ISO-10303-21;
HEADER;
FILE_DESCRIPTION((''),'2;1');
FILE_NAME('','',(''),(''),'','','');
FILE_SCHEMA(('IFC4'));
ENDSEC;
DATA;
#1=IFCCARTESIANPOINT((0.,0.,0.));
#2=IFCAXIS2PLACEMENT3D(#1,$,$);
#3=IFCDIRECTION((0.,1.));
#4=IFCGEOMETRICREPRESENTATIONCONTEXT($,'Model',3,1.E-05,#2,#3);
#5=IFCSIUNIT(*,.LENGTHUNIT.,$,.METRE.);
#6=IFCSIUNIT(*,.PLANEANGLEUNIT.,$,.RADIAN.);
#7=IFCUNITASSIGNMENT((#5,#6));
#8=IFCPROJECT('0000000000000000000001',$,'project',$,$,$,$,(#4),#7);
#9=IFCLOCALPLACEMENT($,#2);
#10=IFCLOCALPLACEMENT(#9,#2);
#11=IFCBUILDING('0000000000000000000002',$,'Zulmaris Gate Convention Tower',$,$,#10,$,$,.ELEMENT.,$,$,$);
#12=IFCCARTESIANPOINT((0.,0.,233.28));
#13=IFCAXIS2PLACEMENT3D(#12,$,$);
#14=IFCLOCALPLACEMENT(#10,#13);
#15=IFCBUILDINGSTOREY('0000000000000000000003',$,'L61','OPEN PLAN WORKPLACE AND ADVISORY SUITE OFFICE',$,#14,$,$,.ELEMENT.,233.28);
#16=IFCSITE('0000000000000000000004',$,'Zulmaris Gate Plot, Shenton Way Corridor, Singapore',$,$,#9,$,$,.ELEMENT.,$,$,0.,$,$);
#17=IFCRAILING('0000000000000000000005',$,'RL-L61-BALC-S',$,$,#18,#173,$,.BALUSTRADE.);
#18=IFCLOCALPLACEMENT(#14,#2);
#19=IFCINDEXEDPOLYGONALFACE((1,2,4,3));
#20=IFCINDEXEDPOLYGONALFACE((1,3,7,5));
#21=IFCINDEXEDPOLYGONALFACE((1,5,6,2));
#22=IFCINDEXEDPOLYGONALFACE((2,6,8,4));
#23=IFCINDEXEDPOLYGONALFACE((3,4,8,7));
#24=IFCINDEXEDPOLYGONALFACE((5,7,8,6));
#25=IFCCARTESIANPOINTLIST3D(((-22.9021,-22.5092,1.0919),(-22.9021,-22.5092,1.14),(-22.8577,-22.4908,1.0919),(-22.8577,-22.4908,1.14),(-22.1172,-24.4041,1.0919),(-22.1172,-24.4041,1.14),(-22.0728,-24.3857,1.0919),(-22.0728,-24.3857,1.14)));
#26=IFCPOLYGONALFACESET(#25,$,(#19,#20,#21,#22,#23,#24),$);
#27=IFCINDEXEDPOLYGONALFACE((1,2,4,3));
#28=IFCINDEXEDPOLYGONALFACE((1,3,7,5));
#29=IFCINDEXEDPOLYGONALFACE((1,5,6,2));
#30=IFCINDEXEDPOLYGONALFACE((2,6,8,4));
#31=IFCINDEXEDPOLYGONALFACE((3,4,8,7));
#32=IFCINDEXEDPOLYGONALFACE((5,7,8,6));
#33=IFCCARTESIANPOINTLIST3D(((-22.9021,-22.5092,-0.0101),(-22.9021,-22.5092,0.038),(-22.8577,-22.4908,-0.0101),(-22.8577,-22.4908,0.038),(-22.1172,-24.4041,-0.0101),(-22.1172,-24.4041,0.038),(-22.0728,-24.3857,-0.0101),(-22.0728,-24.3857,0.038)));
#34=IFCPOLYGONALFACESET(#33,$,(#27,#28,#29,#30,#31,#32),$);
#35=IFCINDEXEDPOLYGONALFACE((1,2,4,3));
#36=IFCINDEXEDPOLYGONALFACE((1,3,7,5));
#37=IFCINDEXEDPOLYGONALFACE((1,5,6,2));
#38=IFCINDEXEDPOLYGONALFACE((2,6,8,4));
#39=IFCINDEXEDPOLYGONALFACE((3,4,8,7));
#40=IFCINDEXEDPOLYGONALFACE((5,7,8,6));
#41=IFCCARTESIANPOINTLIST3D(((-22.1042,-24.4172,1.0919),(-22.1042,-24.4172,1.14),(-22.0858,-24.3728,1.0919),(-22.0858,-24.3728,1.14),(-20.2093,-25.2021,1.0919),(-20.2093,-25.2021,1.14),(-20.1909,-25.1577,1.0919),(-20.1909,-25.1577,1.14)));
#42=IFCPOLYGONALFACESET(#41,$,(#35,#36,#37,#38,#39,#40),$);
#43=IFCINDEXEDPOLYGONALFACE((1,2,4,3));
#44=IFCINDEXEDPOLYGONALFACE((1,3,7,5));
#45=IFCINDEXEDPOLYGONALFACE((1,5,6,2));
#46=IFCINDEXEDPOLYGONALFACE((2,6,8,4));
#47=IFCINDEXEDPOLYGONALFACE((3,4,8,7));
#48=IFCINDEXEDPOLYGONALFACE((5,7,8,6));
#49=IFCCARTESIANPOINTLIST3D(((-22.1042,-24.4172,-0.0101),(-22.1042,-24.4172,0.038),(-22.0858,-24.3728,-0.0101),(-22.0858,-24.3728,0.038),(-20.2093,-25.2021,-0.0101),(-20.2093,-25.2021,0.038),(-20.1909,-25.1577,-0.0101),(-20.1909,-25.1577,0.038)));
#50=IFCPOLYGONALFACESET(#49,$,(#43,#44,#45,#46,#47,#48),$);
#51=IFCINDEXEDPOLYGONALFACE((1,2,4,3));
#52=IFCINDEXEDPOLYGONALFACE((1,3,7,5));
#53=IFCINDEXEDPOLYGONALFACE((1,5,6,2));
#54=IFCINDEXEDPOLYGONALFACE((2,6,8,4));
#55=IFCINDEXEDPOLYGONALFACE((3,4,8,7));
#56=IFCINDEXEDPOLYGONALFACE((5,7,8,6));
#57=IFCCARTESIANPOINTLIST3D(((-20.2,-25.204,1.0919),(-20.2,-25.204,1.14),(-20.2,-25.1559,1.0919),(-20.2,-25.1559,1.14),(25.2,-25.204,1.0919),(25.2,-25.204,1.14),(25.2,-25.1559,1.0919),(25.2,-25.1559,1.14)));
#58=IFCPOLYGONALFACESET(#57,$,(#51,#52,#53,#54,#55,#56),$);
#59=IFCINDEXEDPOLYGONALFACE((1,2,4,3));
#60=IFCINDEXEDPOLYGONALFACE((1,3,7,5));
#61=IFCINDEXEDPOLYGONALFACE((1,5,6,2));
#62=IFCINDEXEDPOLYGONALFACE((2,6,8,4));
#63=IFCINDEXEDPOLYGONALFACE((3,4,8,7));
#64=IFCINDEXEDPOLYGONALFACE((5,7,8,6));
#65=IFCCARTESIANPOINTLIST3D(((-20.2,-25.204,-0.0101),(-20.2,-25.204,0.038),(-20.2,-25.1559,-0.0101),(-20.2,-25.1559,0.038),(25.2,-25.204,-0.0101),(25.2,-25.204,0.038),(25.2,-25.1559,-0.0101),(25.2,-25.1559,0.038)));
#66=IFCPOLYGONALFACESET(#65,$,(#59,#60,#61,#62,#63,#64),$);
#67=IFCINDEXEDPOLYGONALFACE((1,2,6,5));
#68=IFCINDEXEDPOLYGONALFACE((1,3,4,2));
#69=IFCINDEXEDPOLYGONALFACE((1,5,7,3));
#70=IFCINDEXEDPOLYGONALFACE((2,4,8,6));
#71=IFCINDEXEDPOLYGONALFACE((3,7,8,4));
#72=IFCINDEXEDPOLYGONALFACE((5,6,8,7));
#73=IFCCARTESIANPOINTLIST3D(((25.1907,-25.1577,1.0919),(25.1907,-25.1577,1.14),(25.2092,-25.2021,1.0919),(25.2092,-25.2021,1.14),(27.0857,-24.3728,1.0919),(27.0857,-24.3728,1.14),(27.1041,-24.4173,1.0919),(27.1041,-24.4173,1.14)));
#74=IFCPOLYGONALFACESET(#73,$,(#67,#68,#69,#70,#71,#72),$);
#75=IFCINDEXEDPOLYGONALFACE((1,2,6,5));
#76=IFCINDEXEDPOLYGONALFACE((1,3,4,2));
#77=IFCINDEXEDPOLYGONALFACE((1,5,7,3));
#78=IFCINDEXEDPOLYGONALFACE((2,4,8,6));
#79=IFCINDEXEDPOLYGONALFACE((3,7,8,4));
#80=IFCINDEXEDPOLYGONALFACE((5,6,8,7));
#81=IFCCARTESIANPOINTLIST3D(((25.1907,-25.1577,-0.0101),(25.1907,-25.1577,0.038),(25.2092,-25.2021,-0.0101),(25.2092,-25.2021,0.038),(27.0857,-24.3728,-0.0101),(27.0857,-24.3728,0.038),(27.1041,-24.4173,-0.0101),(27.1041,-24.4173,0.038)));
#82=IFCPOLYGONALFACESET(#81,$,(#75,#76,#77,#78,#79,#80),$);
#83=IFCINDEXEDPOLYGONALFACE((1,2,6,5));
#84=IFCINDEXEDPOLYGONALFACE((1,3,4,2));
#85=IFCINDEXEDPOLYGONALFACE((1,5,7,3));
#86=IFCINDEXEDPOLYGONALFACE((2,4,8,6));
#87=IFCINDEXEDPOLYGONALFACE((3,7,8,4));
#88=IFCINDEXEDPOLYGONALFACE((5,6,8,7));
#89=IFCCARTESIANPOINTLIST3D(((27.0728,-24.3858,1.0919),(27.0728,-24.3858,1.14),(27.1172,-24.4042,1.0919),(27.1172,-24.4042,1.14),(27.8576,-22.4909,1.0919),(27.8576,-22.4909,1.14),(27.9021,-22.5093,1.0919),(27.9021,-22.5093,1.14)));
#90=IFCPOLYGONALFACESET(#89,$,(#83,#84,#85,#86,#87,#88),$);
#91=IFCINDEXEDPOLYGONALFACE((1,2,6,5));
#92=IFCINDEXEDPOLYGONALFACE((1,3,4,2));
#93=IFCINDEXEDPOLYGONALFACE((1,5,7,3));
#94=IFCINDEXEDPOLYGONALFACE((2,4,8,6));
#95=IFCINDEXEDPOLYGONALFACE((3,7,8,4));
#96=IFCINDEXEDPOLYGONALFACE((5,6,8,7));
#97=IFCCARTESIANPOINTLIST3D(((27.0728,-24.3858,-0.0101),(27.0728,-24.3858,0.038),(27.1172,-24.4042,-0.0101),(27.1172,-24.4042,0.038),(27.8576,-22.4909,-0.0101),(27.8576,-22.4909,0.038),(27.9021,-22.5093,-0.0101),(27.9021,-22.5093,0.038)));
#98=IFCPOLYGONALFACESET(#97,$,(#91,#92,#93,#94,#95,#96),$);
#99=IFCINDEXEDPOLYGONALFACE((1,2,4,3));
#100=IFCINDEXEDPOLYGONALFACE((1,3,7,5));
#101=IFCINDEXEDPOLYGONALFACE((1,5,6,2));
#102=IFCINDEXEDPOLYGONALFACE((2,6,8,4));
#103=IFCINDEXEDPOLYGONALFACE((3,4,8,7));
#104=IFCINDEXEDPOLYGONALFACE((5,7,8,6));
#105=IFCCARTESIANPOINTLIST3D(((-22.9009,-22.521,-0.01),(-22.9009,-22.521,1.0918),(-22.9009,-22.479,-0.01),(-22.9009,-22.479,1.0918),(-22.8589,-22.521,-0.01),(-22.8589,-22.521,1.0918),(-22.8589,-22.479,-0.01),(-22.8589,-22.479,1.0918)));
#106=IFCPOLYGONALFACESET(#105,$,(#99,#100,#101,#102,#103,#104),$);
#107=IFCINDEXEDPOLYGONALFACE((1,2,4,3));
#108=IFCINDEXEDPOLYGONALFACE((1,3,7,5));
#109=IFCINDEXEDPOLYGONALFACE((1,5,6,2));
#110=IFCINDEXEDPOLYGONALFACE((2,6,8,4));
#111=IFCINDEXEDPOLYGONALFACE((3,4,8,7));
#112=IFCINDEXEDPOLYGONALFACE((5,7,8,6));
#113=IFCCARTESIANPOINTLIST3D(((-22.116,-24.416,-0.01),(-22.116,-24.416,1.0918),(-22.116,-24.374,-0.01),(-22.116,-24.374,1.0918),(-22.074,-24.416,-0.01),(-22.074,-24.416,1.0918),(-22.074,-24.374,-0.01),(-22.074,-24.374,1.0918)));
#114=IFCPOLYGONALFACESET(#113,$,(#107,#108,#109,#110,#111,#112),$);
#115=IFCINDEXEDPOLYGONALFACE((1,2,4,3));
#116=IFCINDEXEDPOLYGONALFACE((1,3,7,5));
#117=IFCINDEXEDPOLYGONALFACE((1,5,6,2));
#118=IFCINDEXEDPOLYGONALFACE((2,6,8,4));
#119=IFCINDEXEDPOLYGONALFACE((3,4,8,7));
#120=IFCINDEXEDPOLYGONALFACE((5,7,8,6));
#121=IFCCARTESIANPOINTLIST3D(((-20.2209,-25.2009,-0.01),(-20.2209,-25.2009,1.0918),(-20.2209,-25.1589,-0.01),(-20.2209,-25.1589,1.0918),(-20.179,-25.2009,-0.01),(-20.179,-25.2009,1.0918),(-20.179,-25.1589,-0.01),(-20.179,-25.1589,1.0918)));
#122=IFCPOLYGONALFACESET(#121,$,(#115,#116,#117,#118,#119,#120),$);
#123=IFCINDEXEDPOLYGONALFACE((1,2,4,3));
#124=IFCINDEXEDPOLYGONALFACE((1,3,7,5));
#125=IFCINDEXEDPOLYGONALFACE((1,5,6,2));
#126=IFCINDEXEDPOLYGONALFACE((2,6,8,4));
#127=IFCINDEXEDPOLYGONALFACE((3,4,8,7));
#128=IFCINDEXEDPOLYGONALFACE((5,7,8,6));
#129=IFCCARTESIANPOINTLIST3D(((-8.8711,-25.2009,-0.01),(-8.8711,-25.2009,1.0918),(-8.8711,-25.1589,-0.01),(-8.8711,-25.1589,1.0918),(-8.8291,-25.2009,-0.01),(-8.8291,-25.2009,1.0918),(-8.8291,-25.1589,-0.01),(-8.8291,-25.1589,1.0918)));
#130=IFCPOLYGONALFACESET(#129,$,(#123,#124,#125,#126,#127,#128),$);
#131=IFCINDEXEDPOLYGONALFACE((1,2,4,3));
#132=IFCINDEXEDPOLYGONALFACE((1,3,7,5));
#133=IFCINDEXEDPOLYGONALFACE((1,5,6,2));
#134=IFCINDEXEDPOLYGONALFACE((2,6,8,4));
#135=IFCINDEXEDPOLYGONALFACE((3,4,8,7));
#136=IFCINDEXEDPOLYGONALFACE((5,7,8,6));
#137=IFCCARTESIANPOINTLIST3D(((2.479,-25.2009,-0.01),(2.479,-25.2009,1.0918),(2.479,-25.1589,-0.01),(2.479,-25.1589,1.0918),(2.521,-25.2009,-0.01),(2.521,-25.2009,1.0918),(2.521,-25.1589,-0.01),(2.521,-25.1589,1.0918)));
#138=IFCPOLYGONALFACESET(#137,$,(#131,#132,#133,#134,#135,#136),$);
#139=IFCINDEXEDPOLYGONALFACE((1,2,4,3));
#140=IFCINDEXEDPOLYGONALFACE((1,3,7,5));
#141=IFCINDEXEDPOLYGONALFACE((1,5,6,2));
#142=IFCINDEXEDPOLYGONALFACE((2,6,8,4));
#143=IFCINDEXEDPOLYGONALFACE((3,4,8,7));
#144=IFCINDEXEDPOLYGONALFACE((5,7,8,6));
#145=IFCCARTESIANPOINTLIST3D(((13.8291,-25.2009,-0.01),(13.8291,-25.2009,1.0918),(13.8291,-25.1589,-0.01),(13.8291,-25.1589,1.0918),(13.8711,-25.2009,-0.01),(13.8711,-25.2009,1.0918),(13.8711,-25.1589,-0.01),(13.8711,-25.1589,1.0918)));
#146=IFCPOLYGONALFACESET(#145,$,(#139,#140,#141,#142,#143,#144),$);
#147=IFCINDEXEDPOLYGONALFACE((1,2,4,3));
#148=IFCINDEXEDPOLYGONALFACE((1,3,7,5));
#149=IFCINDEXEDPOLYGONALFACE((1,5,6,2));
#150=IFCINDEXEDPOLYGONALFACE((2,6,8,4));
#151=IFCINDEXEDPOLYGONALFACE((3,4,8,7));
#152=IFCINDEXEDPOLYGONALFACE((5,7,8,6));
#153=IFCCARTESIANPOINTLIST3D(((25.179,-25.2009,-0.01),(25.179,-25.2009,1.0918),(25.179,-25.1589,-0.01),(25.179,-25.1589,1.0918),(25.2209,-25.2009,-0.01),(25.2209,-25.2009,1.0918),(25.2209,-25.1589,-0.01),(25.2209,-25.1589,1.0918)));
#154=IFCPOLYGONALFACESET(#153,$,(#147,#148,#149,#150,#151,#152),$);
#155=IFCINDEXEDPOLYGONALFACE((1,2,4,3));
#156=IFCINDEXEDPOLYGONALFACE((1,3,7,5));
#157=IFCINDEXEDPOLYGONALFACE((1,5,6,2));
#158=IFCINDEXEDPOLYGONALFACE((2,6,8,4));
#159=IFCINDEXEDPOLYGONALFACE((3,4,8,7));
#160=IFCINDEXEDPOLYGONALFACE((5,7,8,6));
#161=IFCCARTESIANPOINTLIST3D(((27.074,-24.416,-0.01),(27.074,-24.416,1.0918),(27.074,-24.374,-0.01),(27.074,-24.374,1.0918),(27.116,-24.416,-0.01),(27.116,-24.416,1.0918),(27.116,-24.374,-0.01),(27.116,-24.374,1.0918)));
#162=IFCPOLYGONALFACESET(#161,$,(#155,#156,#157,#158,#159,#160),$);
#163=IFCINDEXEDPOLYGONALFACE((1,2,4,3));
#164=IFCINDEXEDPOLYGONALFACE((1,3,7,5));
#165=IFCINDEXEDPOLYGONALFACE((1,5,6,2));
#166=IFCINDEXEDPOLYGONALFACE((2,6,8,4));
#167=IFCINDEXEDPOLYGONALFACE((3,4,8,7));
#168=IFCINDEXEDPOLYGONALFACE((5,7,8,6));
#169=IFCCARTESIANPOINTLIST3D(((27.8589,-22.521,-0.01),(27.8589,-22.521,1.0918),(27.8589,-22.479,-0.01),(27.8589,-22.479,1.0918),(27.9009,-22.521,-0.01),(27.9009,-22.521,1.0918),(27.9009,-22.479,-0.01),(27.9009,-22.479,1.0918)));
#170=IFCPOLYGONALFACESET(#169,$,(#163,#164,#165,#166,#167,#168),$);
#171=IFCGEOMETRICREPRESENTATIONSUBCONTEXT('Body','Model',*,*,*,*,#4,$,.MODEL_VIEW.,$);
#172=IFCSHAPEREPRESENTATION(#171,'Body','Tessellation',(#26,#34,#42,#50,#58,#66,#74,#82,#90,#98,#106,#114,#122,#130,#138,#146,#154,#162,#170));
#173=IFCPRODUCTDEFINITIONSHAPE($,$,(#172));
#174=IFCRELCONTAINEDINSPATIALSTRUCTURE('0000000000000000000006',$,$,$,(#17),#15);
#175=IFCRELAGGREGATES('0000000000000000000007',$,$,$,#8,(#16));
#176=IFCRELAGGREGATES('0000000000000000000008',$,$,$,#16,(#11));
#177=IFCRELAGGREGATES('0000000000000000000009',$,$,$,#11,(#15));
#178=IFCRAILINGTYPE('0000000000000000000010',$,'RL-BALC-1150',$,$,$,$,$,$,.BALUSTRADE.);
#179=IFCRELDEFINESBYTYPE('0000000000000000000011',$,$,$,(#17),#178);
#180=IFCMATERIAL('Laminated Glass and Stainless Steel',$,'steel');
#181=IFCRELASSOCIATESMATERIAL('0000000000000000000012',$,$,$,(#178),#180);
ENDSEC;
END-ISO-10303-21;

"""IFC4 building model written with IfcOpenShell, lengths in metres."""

from ifc_helpers import new_model, si_unit, direction, frame, origin, origin_2d, place, context, subcontext, project, spatial, rectangle, extrude, material, type_object, element, save


model = new_model("IFC4")

# Units and contexts
model_context = context("Model", 3, precision=1e-05, world=origin(), true_north=direction((0.0, 1.0)))
body_context = subcontext(model_context, "Body", "Model", "MODEL_VIEW")
ifc_project = project(units=[si_unit("LENGTHUNIT", "METRE"), si_unit("PLANEANGLEUNIT", "RADIAN")], contexts=[model_context])

# Site, building, storey
site_placement = place(None, origin())
site = spatial("IfcSite", under=ifc_project, at=site_placement, Name="Zulmaris Gate Plot, Shenton Way Corridor, Singapore", CompositionType="ELEMENT", RefElevation=0.0)
building_placement = place(site_placement, origin())
building = spatial("IfcBuilding", under=site, at=building_placement, Name="Zulmaris Gate Convention Tower", CompositionType="ELEMENT")
storey_placement = place(building_placement, frame((0.0, 0.0, 233.28)))
storey = spatial("IfcBuildingStorey", under=building, at=storey_placement, Name="L61", Description="OPEN PLAN WORKPLACE AND ADVISORY SUITE OFFICE", CompositionType="ELEMENT", Elevation=233.28)

# Railing
ifc_material_1 = material(Name="Laminated Glass and Stainless Steel", Category="steel")
railing_type = type_object("IfcRailingType", Name="RL-BALC-1150", PredefinedType="BALUSTRADE", material=ifc_material_1)
railing_placement = place(storey_placement, frame((-22.8799, -22.5, -0.01)))
element("IfcRailing", 1, at=railing_placement, inside=storey, type_object=railing_type, Name="RL-L61-BALC-S", PredefinedType="BALUSTRADE", context=body_context, shape_type="SweptSolid", body=[
    extrude(rectangle(XDim=0.0481, YDim=0.0481, at=origin_2d()), frame((0.0, 0.0, 1.126), z_axis=(0.382671, -0.923885, 0.0), x_axis=(0.923885, 0.382671, 0.0)), (0.0, 0.0, 1.0), 2.051),
    extrude(rectangle(XDim=0.0481, YDim=0.0481, at=origin_2d()), frame((0.0, 0.0, 0.0239), z_axis=(0.382671, -0.923885, 0.0), x_axis=(0.923885, 0.382671, 0.0)), (0.0, 0.0, 1.0), 2.051),
    extrude(rectangle(XDim=0.0481, YDim=0.0481, at=origin_2d()), frame((0.7849, -1.895, 1.126), z_axis=(0.923885, -0.382671, 0.0), x_axis=(0.382671, 0.923885, 0.0)), (0.0, 0.0, 1.0), 2.051),
    extrude(rectangle(XDim=0.0481, YDim=0.0481, at=origin_2d()), frame((0.7849, -1.895, 0.0239), z_axis=(0.923885, -0.382671, 0.0), x_axis=(0.382671, 0.923885, 0.0)), (0.0, 0.0, 1.0), 2.051),
    extrude(rectangle(XDim=0.0481, YDim=0.0481, at=origin_2d()), frame((2.6799, -2.6799, 1.126), z_axis=(1.0, 0.0, 0.0), x_axis=(0.0, 1.0, 0.0)), (0.0, 0.0, 1.0), 45.3999),
    extrude(rectangle(XDim=0.0481, YDim=0.0481, at=origin_2d()), frame((2.6799, -2.6799, 0.0239), z_axis=(1.0, 0.0, 0.0), x_axis=(0.0, 1.0, 0.0)), (0.0, 0.0, 1.0), 45.3999),
    extrude(rectangle(XDim=0.0481, YDim=0.0481, at=origin_2d()), frame((48.0798, -2.6799, 1.126), z_axis=(0.923885, 0.382671, 0.0), x_axis=(-0.382671, 0.923885, 0.0)), (0.0, 0.0, 1.0), 2.051),
    extrude(rectangle(XDim=0.0481, YDim=0.0481, at=origin_2d()), frame((48.0798, -2.6799, 0.0239), z_axis=(0.923885, 0.382671, 0.0), x_axis=(-0.382671, 0.923885, 0.0)), (0.0, 0.0, 1.0), 2.051),
    extrude(rectangle(XDim=0.0481, YDim=0.0481, at=origin_2d()), frame((49.9749, -1.895, 1.126), z_axis=(0.382671, 0.923885, 0.0), x_axis=(-0.923885, 0.382671, 0.0)), (0.0, 0.0, 1.0), 2.051),
    extrude(rectangle(XDim=0.0481, YDim=0.0481, at=origin_2d()), frame((49.9749, -1.895, 0.0239), z_axis=(0.382671, 0.923885, 0.0), x_axis=(-0.923885, 0.382671, 0.0)), (0.0, 0.0, 1.0), 2.051),
    extrude(rectangle(XDim=0.042, YDim=0.042, at=origin_2d()), origin(), (0.0, 0.0, 1.0), 1.1018),
    extrude(rectangle(XDim=0.042, YDim=0.042, at=origin_2d()), frame((0.7849, -1.895, 0.0)), (0.0, 0.0, 1.0), 1.1018),
    extrude(rectangle(XDim=0.042, YDim=0.042, at=origin_2d()), frame((2.6799, -2.6799, 0.0)), (0.0, 0.0, 1.0), 1.1018),
    extrude(rectangle(XDim=0.042, YDim=0.042, at=origin_2d()), frame((14.0298, -2.6799, 0.0)), (0.0, 0.0, 1.0), 1.1018),
    extrude(rectangle(XDim=0.042, YDim=0.042, at=origin_2d()), frame((25.3799, -2.6799, 0.0)), (0.0, 0.0, 1.0), 1.1018),
    extrude(rectangle(XDim=0.042, YDim=0.042, at=origin_2d()), frame((36.73, -2.6799, 0.0)), (0.0, 0.0, 1.0), 1.1018),
    extrude(rectangle(XDim=0.042, YDim=0.042, at=origin_2d()), frame((48.0798, -2.6799, 0.0)), (0.0, 0.0, 1.0), 1.1018),
    extrude(rectangle(XDim=0.042, YDim=0.042, at=origin_2d()), frame((49.9749, -1.895, 0.0)), (0.0, 0.0, 1.0), 1.1018),
    extrude(rectangle(XDim=0.042, YDim=0.042, at=origin_2d()), frame((50.7598, 0.0, 0.0)), (0.0, 0.0, 1.0), 1.1018),
])

save(model, "model.ifc")
